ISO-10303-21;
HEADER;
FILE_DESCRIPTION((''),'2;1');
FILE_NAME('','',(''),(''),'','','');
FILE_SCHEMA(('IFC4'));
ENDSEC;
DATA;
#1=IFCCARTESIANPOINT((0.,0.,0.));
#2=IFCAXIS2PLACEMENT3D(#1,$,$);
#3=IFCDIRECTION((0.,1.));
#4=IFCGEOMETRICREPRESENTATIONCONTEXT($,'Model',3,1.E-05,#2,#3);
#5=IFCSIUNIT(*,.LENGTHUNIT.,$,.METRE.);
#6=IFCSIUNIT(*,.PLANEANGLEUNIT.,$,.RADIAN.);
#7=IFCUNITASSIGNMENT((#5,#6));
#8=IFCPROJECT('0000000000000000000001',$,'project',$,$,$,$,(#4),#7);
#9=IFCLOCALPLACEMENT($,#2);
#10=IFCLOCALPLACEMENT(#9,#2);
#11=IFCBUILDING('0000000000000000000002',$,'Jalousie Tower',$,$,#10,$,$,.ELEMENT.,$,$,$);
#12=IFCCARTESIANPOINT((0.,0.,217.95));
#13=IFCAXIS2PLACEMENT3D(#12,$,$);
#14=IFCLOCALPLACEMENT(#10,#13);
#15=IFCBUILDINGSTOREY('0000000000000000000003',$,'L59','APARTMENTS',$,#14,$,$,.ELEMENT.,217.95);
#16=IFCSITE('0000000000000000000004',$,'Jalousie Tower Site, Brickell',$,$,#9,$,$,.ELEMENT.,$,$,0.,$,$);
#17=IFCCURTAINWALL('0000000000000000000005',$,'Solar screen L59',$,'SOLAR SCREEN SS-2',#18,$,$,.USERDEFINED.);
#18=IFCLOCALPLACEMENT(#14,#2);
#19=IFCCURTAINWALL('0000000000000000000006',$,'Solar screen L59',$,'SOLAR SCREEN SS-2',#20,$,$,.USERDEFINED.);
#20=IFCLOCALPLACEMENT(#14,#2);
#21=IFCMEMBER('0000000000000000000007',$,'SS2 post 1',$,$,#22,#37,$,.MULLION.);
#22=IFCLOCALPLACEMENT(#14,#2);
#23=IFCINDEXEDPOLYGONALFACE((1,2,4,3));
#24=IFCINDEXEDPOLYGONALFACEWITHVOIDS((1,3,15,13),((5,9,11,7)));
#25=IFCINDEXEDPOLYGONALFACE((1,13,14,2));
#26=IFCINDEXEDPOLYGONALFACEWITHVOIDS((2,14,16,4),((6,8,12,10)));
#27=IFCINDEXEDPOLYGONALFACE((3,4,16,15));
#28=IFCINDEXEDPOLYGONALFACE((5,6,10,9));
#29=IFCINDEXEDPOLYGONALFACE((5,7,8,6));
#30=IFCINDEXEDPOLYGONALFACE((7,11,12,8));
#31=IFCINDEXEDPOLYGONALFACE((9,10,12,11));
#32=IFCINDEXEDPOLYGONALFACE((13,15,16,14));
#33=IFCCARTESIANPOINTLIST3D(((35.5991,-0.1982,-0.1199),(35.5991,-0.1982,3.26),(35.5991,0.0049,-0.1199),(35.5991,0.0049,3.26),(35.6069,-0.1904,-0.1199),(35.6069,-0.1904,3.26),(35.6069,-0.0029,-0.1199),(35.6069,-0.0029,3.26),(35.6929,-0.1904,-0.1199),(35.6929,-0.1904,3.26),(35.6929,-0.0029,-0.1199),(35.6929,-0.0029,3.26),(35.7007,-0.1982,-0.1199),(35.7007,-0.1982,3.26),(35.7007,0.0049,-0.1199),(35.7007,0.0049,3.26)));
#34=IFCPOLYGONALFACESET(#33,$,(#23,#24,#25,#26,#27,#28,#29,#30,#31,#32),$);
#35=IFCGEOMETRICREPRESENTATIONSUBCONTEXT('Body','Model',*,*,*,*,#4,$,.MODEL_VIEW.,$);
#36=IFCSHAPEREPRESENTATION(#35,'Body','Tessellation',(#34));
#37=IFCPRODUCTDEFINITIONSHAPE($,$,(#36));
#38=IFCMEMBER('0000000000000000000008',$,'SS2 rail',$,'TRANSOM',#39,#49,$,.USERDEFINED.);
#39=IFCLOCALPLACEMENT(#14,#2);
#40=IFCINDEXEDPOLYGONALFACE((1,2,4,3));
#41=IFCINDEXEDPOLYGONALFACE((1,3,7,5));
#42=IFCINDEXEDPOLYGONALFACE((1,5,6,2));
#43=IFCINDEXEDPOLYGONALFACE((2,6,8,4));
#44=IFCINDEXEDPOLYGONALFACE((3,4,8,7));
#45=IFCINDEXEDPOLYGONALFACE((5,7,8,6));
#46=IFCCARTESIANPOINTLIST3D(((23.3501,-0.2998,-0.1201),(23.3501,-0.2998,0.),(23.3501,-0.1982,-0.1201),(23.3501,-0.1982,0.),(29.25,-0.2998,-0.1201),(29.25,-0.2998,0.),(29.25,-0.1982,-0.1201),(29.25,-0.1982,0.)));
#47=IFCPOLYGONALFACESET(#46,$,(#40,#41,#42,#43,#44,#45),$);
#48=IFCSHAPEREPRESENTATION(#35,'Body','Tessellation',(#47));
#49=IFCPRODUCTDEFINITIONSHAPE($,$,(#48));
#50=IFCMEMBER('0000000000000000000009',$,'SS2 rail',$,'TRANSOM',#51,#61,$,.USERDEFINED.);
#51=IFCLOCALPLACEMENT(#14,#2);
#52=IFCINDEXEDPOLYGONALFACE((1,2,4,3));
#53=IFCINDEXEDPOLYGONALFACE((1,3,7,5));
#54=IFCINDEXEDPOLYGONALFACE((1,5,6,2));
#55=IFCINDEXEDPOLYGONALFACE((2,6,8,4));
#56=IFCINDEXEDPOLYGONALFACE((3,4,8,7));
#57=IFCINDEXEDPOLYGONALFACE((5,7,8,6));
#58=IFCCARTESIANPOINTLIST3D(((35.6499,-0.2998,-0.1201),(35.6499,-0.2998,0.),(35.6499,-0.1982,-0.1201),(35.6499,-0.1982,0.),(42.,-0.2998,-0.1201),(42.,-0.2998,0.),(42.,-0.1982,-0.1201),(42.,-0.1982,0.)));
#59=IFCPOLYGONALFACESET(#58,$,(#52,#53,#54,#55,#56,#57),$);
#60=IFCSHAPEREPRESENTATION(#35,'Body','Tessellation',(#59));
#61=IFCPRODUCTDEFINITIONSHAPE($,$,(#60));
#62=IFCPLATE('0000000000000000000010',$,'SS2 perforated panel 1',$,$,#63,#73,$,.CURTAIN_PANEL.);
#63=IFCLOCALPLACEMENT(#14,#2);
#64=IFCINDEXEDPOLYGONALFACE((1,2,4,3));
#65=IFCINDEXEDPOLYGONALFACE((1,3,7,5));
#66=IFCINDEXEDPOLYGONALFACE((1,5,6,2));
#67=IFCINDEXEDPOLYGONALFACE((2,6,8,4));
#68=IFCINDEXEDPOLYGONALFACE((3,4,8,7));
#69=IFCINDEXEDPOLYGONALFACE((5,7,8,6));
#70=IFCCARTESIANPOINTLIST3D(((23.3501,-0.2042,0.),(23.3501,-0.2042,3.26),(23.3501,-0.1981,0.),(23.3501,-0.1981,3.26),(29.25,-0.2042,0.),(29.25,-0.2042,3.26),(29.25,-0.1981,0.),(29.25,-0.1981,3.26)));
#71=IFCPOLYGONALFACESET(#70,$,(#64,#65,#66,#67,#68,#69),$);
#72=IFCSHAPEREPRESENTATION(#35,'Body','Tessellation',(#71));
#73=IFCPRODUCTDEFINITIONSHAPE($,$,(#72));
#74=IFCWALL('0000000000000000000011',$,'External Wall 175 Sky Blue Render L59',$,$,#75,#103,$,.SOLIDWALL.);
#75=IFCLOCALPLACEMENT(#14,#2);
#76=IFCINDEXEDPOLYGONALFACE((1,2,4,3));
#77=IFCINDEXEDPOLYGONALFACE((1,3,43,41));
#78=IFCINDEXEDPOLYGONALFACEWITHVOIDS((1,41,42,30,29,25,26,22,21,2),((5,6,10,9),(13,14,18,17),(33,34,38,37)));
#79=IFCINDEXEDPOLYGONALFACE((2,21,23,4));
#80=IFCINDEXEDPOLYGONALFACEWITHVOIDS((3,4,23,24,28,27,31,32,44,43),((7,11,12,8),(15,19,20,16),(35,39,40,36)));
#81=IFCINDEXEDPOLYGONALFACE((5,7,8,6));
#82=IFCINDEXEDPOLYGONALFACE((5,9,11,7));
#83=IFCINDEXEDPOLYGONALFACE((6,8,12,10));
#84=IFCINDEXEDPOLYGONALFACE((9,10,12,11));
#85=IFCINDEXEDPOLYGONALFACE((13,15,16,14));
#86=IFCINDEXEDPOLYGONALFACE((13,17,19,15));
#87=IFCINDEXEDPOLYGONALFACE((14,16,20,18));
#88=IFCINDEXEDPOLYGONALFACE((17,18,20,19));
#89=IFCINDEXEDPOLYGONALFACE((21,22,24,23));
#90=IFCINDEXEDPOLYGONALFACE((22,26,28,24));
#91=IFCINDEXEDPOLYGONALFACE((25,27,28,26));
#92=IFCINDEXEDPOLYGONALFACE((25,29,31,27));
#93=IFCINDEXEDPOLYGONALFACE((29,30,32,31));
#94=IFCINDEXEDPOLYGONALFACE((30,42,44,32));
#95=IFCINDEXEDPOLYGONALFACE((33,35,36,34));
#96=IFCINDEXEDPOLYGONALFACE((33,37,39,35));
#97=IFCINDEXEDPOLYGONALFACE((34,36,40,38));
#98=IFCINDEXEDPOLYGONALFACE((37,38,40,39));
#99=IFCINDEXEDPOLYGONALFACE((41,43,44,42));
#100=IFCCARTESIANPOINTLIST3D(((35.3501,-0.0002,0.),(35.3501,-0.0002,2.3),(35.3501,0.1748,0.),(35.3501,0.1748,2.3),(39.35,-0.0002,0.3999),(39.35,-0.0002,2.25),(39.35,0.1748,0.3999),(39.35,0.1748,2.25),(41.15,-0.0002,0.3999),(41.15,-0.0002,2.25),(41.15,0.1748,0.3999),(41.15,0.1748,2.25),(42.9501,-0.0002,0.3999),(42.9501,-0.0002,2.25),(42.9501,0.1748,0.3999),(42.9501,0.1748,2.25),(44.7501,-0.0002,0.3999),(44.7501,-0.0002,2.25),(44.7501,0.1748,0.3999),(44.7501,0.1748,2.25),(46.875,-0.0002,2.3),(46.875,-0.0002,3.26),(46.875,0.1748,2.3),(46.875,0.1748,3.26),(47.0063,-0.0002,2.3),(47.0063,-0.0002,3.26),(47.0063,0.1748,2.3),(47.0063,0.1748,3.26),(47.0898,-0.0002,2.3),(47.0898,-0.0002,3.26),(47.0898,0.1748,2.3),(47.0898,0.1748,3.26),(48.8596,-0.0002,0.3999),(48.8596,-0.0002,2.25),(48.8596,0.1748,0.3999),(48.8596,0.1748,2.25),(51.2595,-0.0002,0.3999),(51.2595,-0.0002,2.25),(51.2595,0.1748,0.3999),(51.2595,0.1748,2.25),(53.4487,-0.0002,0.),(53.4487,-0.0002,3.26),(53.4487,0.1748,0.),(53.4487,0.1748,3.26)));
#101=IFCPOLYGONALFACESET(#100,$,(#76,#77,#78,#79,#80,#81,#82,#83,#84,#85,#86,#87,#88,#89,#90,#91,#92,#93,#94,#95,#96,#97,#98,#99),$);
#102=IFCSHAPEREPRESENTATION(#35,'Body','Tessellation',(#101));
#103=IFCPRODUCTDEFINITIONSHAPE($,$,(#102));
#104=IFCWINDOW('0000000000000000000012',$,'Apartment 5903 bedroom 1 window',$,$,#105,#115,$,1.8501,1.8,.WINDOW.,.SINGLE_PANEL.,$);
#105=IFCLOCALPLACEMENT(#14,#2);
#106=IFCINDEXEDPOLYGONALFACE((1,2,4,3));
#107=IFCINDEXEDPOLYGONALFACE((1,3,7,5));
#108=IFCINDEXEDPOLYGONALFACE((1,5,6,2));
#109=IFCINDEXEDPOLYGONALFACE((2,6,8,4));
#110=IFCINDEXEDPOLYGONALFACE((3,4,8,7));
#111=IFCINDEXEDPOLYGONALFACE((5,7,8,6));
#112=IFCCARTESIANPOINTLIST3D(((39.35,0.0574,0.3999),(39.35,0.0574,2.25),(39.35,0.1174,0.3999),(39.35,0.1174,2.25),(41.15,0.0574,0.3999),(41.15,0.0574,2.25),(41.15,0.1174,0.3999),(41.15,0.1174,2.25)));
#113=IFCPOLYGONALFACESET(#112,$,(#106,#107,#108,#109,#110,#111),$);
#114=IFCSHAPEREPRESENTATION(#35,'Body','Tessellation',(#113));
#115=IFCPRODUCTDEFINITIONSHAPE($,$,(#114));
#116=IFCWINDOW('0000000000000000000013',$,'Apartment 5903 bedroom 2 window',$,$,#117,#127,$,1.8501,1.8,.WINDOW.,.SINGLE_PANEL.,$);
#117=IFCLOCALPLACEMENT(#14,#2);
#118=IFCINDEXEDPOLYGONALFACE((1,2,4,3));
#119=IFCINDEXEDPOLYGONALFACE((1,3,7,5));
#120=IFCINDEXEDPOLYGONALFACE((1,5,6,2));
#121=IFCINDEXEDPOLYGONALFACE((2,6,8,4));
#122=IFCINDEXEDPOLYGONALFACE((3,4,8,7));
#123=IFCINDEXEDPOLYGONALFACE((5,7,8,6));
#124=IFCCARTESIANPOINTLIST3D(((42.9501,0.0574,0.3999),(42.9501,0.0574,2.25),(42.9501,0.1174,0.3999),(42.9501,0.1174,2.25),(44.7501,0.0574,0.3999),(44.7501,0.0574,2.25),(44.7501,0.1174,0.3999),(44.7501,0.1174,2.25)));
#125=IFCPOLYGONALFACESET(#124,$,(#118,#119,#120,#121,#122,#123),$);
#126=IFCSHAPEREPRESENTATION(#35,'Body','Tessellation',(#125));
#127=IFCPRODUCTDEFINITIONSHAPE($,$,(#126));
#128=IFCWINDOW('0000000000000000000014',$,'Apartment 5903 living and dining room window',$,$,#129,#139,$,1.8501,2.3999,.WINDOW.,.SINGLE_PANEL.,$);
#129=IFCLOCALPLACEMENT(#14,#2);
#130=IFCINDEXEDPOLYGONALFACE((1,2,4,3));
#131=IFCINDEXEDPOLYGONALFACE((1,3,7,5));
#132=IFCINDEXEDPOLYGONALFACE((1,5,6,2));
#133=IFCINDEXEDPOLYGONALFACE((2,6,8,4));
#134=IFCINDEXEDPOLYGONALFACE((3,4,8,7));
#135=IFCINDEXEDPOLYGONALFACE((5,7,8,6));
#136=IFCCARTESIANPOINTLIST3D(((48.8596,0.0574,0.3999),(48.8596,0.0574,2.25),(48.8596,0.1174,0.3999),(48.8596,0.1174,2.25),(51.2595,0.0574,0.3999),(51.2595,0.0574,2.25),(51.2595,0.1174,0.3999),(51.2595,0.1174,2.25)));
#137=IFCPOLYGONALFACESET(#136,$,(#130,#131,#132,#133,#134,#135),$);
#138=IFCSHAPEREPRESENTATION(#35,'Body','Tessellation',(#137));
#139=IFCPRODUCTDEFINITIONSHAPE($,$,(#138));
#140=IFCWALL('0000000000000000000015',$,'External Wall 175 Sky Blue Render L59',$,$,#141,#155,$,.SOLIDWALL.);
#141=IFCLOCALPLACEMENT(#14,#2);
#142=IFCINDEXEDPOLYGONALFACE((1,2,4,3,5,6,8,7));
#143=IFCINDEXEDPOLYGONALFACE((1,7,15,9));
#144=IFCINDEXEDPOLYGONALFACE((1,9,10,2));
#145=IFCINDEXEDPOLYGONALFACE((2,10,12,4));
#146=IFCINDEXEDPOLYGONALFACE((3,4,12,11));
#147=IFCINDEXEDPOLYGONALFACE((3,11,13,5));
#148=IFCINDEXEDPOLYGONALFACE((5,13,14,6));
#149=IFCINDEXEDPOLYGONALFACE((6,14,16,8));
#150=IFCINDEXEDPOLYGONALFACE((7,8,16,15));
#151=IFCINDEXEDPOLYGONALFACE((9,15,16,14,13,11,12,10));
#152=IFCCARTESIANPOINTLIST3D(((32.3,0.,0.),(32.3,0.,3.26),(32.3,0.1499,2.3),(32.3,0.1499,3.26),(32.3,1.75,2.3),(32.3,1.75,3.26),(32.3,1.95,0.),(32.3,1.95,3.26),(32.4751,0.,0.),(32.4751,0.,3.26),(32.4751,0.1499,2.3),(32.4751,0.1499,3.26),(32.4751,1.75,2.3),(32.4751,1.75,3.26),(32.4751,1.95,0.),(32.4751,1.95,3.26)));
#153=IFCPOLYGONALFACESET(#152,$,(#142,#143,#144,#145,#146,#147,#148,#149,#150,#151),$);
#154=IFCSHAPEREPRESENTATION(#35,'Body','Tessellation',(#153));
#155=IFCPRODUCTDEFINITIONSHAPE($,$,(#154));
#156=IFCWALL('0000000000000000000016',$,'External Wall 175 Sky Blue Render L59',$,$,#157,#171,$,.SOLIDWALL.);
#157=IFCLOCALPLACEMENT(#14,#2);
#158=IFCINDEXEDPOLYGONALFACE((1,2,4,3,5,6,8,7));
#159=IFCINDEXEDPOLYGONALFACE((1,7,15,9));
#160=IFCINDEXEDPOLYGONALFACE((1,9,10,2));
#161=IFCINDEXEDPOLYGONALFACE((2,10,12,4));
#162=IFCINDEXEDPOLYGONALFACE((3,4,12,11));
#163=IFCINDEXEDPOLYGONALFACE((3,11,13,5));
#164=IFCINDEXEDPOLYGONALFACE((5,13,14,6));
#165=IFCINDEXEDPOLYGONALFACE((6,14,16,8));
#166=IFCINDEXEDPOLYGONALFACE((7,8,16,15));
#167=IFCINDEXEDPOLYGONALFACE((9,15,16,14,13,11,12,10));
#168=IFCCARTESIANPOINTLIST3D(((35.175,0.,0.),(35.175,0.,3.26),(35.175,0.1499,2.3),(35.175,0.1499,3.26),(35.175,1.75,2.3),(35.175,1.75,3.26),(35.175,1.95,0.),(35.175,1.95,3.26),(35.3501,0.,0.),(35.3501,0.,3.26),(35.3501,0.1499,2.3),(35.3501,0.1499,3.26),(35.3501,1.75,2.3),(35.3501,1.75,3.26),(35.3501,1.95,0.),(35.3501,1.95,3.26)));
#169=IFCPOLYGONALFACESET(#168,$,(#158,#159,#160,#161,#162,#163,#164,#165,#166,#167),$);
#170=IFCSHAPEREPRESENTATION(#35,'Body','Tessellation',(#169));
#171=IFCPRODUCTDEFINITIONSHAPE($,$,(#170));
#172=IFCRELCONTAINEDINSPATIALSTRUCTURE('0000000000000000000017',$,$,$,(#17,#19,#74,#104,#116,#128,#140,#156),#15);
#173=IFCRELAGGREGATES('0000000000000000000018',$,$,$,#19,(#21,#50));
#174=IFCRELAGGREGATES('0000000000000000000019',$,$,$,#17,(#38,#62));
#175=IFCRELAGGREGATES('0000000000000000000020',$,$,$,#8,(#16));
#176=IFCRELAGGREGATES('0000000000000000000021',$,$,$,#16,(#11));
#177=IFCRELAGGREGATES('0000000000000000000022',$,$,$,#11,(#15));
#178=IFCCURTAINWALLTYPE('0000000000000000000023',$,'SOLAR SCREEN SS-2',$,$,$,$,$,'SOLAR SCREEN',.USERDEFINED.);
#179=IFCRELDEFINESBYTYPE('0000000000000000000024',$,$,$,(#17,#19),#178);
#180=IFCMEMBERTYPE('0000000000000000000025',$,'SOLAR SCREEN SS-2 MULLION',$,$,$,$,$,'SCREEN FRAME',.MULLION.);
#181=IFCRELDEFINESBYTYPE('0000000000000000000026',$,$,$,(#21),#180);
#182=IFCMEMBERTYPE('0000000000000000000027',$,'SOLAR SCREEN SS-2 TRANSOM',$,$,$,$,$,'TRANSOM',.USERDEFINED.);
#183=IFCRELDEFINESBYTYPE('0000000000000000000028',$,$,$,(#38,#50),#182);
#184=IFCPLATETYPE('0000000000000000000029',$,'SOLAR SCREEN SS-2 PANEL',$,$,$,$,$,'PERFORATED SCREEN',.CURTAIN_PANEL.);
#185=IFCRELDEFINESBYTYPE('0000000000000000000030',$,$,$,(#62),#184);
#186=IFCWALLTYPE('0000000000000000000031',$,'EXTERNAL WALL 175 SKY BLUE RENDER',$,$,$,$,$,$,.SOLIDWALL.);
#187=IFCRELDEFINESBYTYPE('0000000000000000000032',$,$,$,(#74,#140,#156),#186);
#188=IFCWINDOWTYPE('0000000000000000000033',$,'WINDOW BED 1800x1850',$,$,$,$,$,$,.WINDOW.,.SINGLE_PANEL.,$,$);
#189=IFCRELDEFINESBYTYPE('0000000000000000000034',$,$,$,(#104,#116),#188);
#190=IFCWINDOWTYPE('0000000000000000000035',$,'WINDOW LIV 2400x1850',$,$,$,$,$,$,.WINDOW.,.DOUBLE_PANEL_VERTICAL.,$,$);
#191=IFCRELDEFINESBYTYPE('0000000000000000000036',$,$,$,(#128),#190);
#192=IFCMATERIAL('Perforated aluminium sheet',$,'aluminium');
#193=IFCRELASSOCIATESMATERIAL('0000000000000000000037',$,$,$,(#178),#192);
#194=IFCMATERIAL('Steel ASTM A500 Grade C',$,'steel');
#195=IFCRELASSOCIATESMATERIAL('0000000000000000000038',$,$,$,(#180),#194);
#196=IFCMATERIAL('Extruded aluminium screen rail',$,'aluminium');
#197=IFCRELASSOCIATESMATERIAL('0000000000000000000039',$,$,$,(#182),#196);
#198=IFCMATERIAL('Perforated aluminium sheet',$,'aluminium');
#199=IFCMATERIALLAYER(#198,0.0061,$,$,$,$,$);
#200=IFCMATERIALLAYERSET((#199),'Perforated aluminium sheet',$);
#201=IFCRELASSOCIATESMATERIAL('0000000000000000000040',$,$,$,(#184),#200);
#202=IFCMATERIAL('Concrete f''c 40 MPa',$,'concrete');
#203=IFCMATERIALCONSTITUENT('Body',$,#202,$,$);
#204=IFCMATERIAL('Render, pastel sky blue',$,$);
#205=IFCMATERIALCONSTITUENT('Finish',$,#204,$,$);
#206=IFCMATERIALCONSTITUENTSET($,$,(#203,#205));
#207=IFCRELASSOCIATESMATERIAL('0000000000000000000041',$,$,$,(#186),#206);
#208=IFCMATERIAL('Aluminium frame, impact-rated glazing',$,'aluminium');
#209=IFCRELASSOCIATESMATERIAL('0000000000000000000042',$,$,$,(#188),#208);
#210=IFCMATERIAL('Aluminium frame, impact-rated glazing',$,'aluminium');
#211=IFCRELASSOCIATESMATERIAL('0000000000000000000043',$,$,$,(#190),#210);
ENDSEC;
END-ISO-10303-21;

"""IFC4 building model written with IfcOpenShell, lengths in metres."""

from ifc_helpers import new_model, si_unit, direction, frame, frame_2d, origin, origin_2d, place, context, subcontext, project, spatial, polyline, rectangle, hollow_rectangle, outline, extrude, material, layer, layer_set, constituent, constituent_set, material_profile, profile_set, type_object, element, fill, aggregate, save


model = new_model("IFC4")

# Units and contexts
model_context = context("Model", 3, precision=1e-05, world=origin(), true_north=direction((0.0, 1.0)))
body_context = subcontext(model_context, "Body", "Model", "MODEL_VIEW")
ifc_project = project(units=[si_unit("LENGTHUNIT", "METRE"), si_unit("PLANEANGLEUNIT", "RADIAN")], contexts=[model_context])

# Site, building, storey
site_placement = place(None, origin())
site = spatial("IfcSite", under=ifc_project, at=site_placement, Name="Jalousie Tower Site, Brickell", CompositionType="ELEMENT", RefElevation=0.0)
building_placement = place(site_placement, origin())
building = spatial("IfcBuilding", under=site, at=building_placement, Name="Jalousie Tower", CompositionType="ELEMENT")
storey_placement = place(building_placement, frame((0.0, 0.0, 217.95)))
storey = spatial("IfcBuildingStorey", under=building, at=storey_placement, Name="L59", Description="APARTMENTS", CompositionType="ELEMENT", Elevation=217.95)

# Curtain wall
ifc_material_1 = material(Name="Perforated aluminium sheet", Category="aluminium")
curtain_wall_type = type_object("IfcCurtainWallType", Name="SOLAR SCREEN SS-2", ElementType="SOLAR SCREEN", PredefinedType="USERDEFINED", material=ifc_material_1)
curtain_wall_1_placement = place(storey_placement, origin())
curtain_wall_1 = element("IfcCurtainWall", 1, at=curtain_wall_1_placement, inside=storey, type_object=curtain_wall_type, Name="Solar screen L59", ObjectType="SOLAR SCREEN SS-2", PredefinedType="USERDEFINED")
ifc_material_2 = material(Name="Steel ASTM A500 Grade C", Category="steel")
ifc_material_profile_1 = material_profile(ifc_material_2, hollow_rectangle(XDim=0.1016, YDim=0.2031, WallThickness=0.0078, at=origin_2d()), Name="HSS8X4X5/16")
ifc_profile_set_1 = profile_set([ifc_material_profile_1], Name="Steel ASTM A500 Grade C")
member_type_1 = type_object("IfcMemberType", Name="SOLAR SCREEN SS-2 MULLION", ElementType="SCREEN FRAME", PredefinedType="MULLION", material=ifc_profile_set_1)

# Curtain wall, member
curtain_wall_2_placement = place(storey_placement, origin())
curtain_wall_2 = element("IfcCurtainWall", 2, at=curtain_wall_2_placement, inside=storey, type_object=curtain_wall_type, Name="Solar screen L59", ObjectType="SOLAR SCREEN SS-2", PredefinedType="USERDEFINED")
member_1_placement = place(storey_placement, frame((35.6499, -0.0967, -0.1199), z_axis=(0.0, 0.0, 1.0), x_axis=(1.0, 0.0, 0.0)))
member_1 = element("IfcMember", 3, at=member_1_placement, type_object=member_type_1, Name="SS2 post 1", PredefinedType="MULLION", context=body_context, shape_type="SweptSolid", body=[
    extrude(hollow_rectangle(XDim=0.1016, YDim=0.2031, WallThickness=0.0078, at=origin_2d()), origin(), (0.0, 0.0, 1.0), 3.3799),
])

# Members
ifc_material_3 = material(Name="Extruded aluminium screen rail", Category="aluminium")
ifc_material_profile_2 = material_profile(ifc_material_3, rectangle(XDim=0.1016, YDim=0.1201, at=origin_2d()), Name="RAIL 102x120")
ifc_profile_set_2 = profile_set([ifc_material_profile_2], Name="Extruded aluminium screen rail")
member_type_2 = type_object("IfcMemberType", Name="SOLAR SCREEN SS-2 TRANSOM", ElementType="TRANSOM", PredefinedType="USERDEFINED", material=ifc_profile_set_2)
member_2_placement = place(storey_placement, frame((23.3501, -0.249, -0.0601), z_axis=(1.0, 0.0, 0.0), x_axis=(0.0, 1.0, 0.0)))
member_2 = element("IfcMember", 4, at=member_2_placement, type_object=member_type_2, Name="SS2 rail", ObjectType="TRANSOM", PredefinedType="USERDEFINED", context=body_context, shape_type="SweptSolid", body=[
    extrude(rectangle(XDim=0.1016, YDim=0.1201, at=origin_2d()), origin(), (0.0, 0.0, 1.0), 5.8999),
])
member_3_placement = place(storey_placement, frame((35.6499, -0.249, -0.0601), z_axis=(1.0, 0.0, 0.0), x_axis=(0.0, 1.0, 0.0)))
member_3 = element("IfcMember", 5, at=member_3_placement, type_object=member_type_2, Name="SS2 rail", ObjectType="TRANSOM", PredefinedType="USERDEFINED", context=body_context, shape_type="SweptSolid", body=[
    extrude(rectangle(XDim=0.1016, YDim=0.1201, at=origin_2d()), origin(), (0.0, 0.0, 1.0), 6.3501),
])
aggregate(curtain_wall_2, [member_1, member_3])

# Plate
ifc_material_4 = material(Name="Perforated aluminium sheet", Category="aluminium")
ifc_layer_1 = layer(ifc_material_4, 0.0061)
ifc_layer_set_1 = layer_set([ifc_layer_1], Name="Perforated aluminium sheet")
plate_type = type_object("IfcPlateType", Name="SOLAR SCREEN SS-2 PANEL", ElementType="PERFORATED SCREEN", PredefinedType="CURTAIN_PANEL", material=ifc_layer_set_1)
plate_placement = place(storey_placement, frame((26.3, -0.2012, 0.0), z_axis=(0.0, 0.0, 1.0), x_axis=(1.0, 0.0, 0.0)))
plate = element("IfcPlate", 6, at=plate_placement, type_object=plate_type, Name="SS2 perforated panel 1", PredefinedType="CURTAIN_PANEL", context=body_context, shape_type="SweptSolid", body=[
    extrude(rectangle(XDim=5.8999, YDim=0.0061, at=origin_2d()), origin(), (0.0, 0.0, 1.0), 3.26),
])
aggregate(curtain_wall_1, [member_2, plate])

# Wall, openings, windows
ifc_material_5 = material(Name="Concrete f'c 40 MPa", Category="concrete")
ifc_constituent_1 = constituent(ifc_material_5, Name="Body")
ifc_material_6 = material(Name="Render, pastel sky blue")
ifc_constituent_2 = constituent(ifc_material_6, Name="Finish")
ifc_constituent_set_1 = constituent_set(constituents=[ifc_constituent_1, ifc_constituent_2])
wall_type_1 = type_object("IfcWallType", Name="EXTERNAL WALL 175 SKY BLUE RENDER", PredefinedType="SOLIDWALL", material=ifc_constituent_set_1)
wall_1_placement = place(storey_placement, frame((35.3501, 0.0874, 0.0), z_axis=(0.0, 0.0, 1.0), x_axis=(1.0, 0.0, 0.0)))
wall_1 = element("IfcWall", 7, at=wall_1_placement, inside=storey, type_object=wall_type_1, Name="External Wall 175 Sky Blue Render L59", PredefinedType="SOLIDWALL", context=body_context, shape_type="SweptSolid", body=[
    extrude(outline(polyline([(0.0, 0.0), (18.0986, 0.0), (18.0986, 3.26), (11.7397, 3.26), (11.7397, 2.3), (11.6562, 2.3), (11.6562, 3.26), (11.5249, 3.26), (11.5249, 2.3), (0.0, 2.3), (0.0, 0.0)])), frame((0.0, 0.0874, 0.0), z_axis=(0.0, -1.0, 0.0), x_axis=(1.0, 0.0, 0.0)), (0.0, 0.0, 1.0), 0.175),
])
opening_1_placement = place(wall_1_placement, frame((4.0, 0.0, 0.3999)))
opening_1 = element("IfcOpeningElement", 8, at=opening_1_placement, cuts=wall_1, PredefinedType="OPENING", context=body_context, shape_type="SweptSolid", body=[
    extrude(rectangle(XDim=1.8, YDim=1.8501, at=frame_2d((0.8999, 0.925))), frame((0.0, 0.0974, 0.0), z_axis=(0.0, -1.0, 0.0), x_axis=(1.0, 0.0, 0.0)), (0.0, 0.0, 1.0), 0.1951),
])
opening_2_placement = place(wall_1_placement, frame((7.6001, 0.0, 0.3999)))
opening_2 = element("IfcOpeningElement", 9, at=opening_2_placement, cuts=wall_1, PredefinedType="OPENING", context=body_context, shape_type="SweptSolid", body=[
    extrude(rectangle(XDim=1.8, YDim=1.8501, at=frame_2d((0.8999, 0.925))), frame((0.0, 0.0974, 0.0), z_axis=(0.0, -1.0, 0.0), x_axis=(1.0, 0.0, 0.0)), (0.0, 0.0, 1.0), 0.1951),
])
opening_3_placement = place(wall_1_placement, frame((13.5095, 0.0, 0.3999)))
opening_3 = element("IfcOpeningElement", 10, at=opening_3_placement, cuts=wall_1, PredefinedType="OPENING", context=body_context, shape_type="SweptSolid", body=[
    extrude(rectangle(XDim=2.3999, YDim=1.8501, at=frame_2d((1.2, 0.925))), frame((0.0, 0.0974, 0.0), z_axis=(0.0, -1.0, 0.0), x_axis=(1.0, 0.0, 0.0)), (0.0, 0.0, 1.0), 0.1951),
])
ifc_material_7 = material(Name="Aluminium frame, impact-rated glazing", Category="aluminium")
window_type_1 = type_object("IfcWindowType", Name="WINDOW BED 1800x1850", PartitioningType="SINGLE_PANEL", PredefinedType="WINDOW", material=ifc_material_7)
window_1_placement = place(opening_1_placement, origin())
window_1 = element("IfcWindow", 11, at=window_1_placement, inside=storey, type_object=window_type_1, Name="Apartment 5903 bedroom 1 window", OverallHeight=1.8501, OverallWidth=1.8, PartitioningType="SINGLE_PANEL", PredefinedType="WINDOW", context=body_context, shape_type="SweptSolid", body=[
    extrude(rectangle(XDim=1.8, YDim=1.8501, at=frame_2d((0.8999, 0.925))), frame((0.0, 0.03, 0.0), z_axis=(0.0, -1.0, 0.0), x_axis=(1.0, 0.0, 0.0)), (0.0, 0.0, 1.0), 0.0601),
])
fill(opening_1, window_1)
window_2_placement = place(opening_2_placement, origin())
window_2 = element("IfcWindow", 12, at=window_2_placement, inside=storey, type_object=window_type_1, Name="Apartment 5903 bedroom 2 window", OverallHeight=1.8501, OverallWidth=1.8, PartitioningType="SINGLE_PANEL", PredefinedType="WINDOW", context=body_context, shape_type="SweptSolid", body=[
    extrude(rectangle(XDim=1.8, YDim=1.8501, at=frame_2d((0.8999, 0.925))), frame((0.0, 0.03, 0.0), z_axis=(0.0, -1.0, 0.0), x_axis=(1.0, 0.0, 0.0)), (0.0, 0.0, 1.0), 0.0601),
])
fill(opening_2, window_2)
ifc_material_8 = material(Name="Aluminium frame, impact-rated glazing", Category="aluminium")
window_type_2 = type_object("IfcWindowType", Name="WINDOW LIV 2400x1850", PartitioningType="DOUBLE_PANEL_VERTICAL", PredefinedType="WINDOW", material=ifc_material_8)
window_3_placement = place(opening_3_placement, origin())
window_3 = element("IfcWindow", 13, at=window_3_placement, inside=storey, type_object=window_type_2, Name="Apartment 5903 living and dining room window", OverallHeight=1.8501, OverallWidth=2.3999, PartitioningType="SINGLE_PANEL", PredefinedType="WINDOW", context=body_context, shape_type="SweptSolid", body=[
    extrude(rectangle(XDim=2.3999, YDim=1.8501, at=frame_2d((1.2, 0.925))), frame((0.0, 0.03, 0.0), z_axis=(0.0, -1.0, 0.0), x_axis=(1.0, 0.0, 0.0)), (0.0, 0.0, 1.0), 0.0601),
])
fill(opening_3, window_3)

# Walls
for number, where, z_axis, x_axis, name in (
    (14, (32.3875, 0.0, 0.0), (0.0, 0.0, 1.0), (0.0, 1.0, 0.0), "External Wall 175 Sky Blue Render L59"),
    (15, (35.2625, 0.0, 0.0), (0.0, 0.0, 1.0), (0.0, 1.0, 0.0), "External Wall 175 Sky Blue Render L59"),
):
    element("IfcWall", number, at=place(storey_placement, frame(where, z_axis=z_axis, x_axis=x_axis)), inside=storey, type_object=wall_type_1, Name=name, PredefinedType="SOLIDWALL", context=body_context, shape_type="SweptSolid", body=[
        extrude(outline(polyline([(0.0, 0.0), (1.95, 0.0), (1.95, 3.26), (1.75, 3.26), (1.75, 2.3), (0.1499, 2.3), (0.1499, 3.26), (0.0, 3.26), (0.0, 0.0)])), frame((0.0, 0.0874, 0.0), z_axis=(0.0, -1.0, 0.0), x_axis=(1.0, 0.0, 0.0)), (0.0, 0.0, 1.0), 0.175),
    ])

save(model, "model.ifc")
